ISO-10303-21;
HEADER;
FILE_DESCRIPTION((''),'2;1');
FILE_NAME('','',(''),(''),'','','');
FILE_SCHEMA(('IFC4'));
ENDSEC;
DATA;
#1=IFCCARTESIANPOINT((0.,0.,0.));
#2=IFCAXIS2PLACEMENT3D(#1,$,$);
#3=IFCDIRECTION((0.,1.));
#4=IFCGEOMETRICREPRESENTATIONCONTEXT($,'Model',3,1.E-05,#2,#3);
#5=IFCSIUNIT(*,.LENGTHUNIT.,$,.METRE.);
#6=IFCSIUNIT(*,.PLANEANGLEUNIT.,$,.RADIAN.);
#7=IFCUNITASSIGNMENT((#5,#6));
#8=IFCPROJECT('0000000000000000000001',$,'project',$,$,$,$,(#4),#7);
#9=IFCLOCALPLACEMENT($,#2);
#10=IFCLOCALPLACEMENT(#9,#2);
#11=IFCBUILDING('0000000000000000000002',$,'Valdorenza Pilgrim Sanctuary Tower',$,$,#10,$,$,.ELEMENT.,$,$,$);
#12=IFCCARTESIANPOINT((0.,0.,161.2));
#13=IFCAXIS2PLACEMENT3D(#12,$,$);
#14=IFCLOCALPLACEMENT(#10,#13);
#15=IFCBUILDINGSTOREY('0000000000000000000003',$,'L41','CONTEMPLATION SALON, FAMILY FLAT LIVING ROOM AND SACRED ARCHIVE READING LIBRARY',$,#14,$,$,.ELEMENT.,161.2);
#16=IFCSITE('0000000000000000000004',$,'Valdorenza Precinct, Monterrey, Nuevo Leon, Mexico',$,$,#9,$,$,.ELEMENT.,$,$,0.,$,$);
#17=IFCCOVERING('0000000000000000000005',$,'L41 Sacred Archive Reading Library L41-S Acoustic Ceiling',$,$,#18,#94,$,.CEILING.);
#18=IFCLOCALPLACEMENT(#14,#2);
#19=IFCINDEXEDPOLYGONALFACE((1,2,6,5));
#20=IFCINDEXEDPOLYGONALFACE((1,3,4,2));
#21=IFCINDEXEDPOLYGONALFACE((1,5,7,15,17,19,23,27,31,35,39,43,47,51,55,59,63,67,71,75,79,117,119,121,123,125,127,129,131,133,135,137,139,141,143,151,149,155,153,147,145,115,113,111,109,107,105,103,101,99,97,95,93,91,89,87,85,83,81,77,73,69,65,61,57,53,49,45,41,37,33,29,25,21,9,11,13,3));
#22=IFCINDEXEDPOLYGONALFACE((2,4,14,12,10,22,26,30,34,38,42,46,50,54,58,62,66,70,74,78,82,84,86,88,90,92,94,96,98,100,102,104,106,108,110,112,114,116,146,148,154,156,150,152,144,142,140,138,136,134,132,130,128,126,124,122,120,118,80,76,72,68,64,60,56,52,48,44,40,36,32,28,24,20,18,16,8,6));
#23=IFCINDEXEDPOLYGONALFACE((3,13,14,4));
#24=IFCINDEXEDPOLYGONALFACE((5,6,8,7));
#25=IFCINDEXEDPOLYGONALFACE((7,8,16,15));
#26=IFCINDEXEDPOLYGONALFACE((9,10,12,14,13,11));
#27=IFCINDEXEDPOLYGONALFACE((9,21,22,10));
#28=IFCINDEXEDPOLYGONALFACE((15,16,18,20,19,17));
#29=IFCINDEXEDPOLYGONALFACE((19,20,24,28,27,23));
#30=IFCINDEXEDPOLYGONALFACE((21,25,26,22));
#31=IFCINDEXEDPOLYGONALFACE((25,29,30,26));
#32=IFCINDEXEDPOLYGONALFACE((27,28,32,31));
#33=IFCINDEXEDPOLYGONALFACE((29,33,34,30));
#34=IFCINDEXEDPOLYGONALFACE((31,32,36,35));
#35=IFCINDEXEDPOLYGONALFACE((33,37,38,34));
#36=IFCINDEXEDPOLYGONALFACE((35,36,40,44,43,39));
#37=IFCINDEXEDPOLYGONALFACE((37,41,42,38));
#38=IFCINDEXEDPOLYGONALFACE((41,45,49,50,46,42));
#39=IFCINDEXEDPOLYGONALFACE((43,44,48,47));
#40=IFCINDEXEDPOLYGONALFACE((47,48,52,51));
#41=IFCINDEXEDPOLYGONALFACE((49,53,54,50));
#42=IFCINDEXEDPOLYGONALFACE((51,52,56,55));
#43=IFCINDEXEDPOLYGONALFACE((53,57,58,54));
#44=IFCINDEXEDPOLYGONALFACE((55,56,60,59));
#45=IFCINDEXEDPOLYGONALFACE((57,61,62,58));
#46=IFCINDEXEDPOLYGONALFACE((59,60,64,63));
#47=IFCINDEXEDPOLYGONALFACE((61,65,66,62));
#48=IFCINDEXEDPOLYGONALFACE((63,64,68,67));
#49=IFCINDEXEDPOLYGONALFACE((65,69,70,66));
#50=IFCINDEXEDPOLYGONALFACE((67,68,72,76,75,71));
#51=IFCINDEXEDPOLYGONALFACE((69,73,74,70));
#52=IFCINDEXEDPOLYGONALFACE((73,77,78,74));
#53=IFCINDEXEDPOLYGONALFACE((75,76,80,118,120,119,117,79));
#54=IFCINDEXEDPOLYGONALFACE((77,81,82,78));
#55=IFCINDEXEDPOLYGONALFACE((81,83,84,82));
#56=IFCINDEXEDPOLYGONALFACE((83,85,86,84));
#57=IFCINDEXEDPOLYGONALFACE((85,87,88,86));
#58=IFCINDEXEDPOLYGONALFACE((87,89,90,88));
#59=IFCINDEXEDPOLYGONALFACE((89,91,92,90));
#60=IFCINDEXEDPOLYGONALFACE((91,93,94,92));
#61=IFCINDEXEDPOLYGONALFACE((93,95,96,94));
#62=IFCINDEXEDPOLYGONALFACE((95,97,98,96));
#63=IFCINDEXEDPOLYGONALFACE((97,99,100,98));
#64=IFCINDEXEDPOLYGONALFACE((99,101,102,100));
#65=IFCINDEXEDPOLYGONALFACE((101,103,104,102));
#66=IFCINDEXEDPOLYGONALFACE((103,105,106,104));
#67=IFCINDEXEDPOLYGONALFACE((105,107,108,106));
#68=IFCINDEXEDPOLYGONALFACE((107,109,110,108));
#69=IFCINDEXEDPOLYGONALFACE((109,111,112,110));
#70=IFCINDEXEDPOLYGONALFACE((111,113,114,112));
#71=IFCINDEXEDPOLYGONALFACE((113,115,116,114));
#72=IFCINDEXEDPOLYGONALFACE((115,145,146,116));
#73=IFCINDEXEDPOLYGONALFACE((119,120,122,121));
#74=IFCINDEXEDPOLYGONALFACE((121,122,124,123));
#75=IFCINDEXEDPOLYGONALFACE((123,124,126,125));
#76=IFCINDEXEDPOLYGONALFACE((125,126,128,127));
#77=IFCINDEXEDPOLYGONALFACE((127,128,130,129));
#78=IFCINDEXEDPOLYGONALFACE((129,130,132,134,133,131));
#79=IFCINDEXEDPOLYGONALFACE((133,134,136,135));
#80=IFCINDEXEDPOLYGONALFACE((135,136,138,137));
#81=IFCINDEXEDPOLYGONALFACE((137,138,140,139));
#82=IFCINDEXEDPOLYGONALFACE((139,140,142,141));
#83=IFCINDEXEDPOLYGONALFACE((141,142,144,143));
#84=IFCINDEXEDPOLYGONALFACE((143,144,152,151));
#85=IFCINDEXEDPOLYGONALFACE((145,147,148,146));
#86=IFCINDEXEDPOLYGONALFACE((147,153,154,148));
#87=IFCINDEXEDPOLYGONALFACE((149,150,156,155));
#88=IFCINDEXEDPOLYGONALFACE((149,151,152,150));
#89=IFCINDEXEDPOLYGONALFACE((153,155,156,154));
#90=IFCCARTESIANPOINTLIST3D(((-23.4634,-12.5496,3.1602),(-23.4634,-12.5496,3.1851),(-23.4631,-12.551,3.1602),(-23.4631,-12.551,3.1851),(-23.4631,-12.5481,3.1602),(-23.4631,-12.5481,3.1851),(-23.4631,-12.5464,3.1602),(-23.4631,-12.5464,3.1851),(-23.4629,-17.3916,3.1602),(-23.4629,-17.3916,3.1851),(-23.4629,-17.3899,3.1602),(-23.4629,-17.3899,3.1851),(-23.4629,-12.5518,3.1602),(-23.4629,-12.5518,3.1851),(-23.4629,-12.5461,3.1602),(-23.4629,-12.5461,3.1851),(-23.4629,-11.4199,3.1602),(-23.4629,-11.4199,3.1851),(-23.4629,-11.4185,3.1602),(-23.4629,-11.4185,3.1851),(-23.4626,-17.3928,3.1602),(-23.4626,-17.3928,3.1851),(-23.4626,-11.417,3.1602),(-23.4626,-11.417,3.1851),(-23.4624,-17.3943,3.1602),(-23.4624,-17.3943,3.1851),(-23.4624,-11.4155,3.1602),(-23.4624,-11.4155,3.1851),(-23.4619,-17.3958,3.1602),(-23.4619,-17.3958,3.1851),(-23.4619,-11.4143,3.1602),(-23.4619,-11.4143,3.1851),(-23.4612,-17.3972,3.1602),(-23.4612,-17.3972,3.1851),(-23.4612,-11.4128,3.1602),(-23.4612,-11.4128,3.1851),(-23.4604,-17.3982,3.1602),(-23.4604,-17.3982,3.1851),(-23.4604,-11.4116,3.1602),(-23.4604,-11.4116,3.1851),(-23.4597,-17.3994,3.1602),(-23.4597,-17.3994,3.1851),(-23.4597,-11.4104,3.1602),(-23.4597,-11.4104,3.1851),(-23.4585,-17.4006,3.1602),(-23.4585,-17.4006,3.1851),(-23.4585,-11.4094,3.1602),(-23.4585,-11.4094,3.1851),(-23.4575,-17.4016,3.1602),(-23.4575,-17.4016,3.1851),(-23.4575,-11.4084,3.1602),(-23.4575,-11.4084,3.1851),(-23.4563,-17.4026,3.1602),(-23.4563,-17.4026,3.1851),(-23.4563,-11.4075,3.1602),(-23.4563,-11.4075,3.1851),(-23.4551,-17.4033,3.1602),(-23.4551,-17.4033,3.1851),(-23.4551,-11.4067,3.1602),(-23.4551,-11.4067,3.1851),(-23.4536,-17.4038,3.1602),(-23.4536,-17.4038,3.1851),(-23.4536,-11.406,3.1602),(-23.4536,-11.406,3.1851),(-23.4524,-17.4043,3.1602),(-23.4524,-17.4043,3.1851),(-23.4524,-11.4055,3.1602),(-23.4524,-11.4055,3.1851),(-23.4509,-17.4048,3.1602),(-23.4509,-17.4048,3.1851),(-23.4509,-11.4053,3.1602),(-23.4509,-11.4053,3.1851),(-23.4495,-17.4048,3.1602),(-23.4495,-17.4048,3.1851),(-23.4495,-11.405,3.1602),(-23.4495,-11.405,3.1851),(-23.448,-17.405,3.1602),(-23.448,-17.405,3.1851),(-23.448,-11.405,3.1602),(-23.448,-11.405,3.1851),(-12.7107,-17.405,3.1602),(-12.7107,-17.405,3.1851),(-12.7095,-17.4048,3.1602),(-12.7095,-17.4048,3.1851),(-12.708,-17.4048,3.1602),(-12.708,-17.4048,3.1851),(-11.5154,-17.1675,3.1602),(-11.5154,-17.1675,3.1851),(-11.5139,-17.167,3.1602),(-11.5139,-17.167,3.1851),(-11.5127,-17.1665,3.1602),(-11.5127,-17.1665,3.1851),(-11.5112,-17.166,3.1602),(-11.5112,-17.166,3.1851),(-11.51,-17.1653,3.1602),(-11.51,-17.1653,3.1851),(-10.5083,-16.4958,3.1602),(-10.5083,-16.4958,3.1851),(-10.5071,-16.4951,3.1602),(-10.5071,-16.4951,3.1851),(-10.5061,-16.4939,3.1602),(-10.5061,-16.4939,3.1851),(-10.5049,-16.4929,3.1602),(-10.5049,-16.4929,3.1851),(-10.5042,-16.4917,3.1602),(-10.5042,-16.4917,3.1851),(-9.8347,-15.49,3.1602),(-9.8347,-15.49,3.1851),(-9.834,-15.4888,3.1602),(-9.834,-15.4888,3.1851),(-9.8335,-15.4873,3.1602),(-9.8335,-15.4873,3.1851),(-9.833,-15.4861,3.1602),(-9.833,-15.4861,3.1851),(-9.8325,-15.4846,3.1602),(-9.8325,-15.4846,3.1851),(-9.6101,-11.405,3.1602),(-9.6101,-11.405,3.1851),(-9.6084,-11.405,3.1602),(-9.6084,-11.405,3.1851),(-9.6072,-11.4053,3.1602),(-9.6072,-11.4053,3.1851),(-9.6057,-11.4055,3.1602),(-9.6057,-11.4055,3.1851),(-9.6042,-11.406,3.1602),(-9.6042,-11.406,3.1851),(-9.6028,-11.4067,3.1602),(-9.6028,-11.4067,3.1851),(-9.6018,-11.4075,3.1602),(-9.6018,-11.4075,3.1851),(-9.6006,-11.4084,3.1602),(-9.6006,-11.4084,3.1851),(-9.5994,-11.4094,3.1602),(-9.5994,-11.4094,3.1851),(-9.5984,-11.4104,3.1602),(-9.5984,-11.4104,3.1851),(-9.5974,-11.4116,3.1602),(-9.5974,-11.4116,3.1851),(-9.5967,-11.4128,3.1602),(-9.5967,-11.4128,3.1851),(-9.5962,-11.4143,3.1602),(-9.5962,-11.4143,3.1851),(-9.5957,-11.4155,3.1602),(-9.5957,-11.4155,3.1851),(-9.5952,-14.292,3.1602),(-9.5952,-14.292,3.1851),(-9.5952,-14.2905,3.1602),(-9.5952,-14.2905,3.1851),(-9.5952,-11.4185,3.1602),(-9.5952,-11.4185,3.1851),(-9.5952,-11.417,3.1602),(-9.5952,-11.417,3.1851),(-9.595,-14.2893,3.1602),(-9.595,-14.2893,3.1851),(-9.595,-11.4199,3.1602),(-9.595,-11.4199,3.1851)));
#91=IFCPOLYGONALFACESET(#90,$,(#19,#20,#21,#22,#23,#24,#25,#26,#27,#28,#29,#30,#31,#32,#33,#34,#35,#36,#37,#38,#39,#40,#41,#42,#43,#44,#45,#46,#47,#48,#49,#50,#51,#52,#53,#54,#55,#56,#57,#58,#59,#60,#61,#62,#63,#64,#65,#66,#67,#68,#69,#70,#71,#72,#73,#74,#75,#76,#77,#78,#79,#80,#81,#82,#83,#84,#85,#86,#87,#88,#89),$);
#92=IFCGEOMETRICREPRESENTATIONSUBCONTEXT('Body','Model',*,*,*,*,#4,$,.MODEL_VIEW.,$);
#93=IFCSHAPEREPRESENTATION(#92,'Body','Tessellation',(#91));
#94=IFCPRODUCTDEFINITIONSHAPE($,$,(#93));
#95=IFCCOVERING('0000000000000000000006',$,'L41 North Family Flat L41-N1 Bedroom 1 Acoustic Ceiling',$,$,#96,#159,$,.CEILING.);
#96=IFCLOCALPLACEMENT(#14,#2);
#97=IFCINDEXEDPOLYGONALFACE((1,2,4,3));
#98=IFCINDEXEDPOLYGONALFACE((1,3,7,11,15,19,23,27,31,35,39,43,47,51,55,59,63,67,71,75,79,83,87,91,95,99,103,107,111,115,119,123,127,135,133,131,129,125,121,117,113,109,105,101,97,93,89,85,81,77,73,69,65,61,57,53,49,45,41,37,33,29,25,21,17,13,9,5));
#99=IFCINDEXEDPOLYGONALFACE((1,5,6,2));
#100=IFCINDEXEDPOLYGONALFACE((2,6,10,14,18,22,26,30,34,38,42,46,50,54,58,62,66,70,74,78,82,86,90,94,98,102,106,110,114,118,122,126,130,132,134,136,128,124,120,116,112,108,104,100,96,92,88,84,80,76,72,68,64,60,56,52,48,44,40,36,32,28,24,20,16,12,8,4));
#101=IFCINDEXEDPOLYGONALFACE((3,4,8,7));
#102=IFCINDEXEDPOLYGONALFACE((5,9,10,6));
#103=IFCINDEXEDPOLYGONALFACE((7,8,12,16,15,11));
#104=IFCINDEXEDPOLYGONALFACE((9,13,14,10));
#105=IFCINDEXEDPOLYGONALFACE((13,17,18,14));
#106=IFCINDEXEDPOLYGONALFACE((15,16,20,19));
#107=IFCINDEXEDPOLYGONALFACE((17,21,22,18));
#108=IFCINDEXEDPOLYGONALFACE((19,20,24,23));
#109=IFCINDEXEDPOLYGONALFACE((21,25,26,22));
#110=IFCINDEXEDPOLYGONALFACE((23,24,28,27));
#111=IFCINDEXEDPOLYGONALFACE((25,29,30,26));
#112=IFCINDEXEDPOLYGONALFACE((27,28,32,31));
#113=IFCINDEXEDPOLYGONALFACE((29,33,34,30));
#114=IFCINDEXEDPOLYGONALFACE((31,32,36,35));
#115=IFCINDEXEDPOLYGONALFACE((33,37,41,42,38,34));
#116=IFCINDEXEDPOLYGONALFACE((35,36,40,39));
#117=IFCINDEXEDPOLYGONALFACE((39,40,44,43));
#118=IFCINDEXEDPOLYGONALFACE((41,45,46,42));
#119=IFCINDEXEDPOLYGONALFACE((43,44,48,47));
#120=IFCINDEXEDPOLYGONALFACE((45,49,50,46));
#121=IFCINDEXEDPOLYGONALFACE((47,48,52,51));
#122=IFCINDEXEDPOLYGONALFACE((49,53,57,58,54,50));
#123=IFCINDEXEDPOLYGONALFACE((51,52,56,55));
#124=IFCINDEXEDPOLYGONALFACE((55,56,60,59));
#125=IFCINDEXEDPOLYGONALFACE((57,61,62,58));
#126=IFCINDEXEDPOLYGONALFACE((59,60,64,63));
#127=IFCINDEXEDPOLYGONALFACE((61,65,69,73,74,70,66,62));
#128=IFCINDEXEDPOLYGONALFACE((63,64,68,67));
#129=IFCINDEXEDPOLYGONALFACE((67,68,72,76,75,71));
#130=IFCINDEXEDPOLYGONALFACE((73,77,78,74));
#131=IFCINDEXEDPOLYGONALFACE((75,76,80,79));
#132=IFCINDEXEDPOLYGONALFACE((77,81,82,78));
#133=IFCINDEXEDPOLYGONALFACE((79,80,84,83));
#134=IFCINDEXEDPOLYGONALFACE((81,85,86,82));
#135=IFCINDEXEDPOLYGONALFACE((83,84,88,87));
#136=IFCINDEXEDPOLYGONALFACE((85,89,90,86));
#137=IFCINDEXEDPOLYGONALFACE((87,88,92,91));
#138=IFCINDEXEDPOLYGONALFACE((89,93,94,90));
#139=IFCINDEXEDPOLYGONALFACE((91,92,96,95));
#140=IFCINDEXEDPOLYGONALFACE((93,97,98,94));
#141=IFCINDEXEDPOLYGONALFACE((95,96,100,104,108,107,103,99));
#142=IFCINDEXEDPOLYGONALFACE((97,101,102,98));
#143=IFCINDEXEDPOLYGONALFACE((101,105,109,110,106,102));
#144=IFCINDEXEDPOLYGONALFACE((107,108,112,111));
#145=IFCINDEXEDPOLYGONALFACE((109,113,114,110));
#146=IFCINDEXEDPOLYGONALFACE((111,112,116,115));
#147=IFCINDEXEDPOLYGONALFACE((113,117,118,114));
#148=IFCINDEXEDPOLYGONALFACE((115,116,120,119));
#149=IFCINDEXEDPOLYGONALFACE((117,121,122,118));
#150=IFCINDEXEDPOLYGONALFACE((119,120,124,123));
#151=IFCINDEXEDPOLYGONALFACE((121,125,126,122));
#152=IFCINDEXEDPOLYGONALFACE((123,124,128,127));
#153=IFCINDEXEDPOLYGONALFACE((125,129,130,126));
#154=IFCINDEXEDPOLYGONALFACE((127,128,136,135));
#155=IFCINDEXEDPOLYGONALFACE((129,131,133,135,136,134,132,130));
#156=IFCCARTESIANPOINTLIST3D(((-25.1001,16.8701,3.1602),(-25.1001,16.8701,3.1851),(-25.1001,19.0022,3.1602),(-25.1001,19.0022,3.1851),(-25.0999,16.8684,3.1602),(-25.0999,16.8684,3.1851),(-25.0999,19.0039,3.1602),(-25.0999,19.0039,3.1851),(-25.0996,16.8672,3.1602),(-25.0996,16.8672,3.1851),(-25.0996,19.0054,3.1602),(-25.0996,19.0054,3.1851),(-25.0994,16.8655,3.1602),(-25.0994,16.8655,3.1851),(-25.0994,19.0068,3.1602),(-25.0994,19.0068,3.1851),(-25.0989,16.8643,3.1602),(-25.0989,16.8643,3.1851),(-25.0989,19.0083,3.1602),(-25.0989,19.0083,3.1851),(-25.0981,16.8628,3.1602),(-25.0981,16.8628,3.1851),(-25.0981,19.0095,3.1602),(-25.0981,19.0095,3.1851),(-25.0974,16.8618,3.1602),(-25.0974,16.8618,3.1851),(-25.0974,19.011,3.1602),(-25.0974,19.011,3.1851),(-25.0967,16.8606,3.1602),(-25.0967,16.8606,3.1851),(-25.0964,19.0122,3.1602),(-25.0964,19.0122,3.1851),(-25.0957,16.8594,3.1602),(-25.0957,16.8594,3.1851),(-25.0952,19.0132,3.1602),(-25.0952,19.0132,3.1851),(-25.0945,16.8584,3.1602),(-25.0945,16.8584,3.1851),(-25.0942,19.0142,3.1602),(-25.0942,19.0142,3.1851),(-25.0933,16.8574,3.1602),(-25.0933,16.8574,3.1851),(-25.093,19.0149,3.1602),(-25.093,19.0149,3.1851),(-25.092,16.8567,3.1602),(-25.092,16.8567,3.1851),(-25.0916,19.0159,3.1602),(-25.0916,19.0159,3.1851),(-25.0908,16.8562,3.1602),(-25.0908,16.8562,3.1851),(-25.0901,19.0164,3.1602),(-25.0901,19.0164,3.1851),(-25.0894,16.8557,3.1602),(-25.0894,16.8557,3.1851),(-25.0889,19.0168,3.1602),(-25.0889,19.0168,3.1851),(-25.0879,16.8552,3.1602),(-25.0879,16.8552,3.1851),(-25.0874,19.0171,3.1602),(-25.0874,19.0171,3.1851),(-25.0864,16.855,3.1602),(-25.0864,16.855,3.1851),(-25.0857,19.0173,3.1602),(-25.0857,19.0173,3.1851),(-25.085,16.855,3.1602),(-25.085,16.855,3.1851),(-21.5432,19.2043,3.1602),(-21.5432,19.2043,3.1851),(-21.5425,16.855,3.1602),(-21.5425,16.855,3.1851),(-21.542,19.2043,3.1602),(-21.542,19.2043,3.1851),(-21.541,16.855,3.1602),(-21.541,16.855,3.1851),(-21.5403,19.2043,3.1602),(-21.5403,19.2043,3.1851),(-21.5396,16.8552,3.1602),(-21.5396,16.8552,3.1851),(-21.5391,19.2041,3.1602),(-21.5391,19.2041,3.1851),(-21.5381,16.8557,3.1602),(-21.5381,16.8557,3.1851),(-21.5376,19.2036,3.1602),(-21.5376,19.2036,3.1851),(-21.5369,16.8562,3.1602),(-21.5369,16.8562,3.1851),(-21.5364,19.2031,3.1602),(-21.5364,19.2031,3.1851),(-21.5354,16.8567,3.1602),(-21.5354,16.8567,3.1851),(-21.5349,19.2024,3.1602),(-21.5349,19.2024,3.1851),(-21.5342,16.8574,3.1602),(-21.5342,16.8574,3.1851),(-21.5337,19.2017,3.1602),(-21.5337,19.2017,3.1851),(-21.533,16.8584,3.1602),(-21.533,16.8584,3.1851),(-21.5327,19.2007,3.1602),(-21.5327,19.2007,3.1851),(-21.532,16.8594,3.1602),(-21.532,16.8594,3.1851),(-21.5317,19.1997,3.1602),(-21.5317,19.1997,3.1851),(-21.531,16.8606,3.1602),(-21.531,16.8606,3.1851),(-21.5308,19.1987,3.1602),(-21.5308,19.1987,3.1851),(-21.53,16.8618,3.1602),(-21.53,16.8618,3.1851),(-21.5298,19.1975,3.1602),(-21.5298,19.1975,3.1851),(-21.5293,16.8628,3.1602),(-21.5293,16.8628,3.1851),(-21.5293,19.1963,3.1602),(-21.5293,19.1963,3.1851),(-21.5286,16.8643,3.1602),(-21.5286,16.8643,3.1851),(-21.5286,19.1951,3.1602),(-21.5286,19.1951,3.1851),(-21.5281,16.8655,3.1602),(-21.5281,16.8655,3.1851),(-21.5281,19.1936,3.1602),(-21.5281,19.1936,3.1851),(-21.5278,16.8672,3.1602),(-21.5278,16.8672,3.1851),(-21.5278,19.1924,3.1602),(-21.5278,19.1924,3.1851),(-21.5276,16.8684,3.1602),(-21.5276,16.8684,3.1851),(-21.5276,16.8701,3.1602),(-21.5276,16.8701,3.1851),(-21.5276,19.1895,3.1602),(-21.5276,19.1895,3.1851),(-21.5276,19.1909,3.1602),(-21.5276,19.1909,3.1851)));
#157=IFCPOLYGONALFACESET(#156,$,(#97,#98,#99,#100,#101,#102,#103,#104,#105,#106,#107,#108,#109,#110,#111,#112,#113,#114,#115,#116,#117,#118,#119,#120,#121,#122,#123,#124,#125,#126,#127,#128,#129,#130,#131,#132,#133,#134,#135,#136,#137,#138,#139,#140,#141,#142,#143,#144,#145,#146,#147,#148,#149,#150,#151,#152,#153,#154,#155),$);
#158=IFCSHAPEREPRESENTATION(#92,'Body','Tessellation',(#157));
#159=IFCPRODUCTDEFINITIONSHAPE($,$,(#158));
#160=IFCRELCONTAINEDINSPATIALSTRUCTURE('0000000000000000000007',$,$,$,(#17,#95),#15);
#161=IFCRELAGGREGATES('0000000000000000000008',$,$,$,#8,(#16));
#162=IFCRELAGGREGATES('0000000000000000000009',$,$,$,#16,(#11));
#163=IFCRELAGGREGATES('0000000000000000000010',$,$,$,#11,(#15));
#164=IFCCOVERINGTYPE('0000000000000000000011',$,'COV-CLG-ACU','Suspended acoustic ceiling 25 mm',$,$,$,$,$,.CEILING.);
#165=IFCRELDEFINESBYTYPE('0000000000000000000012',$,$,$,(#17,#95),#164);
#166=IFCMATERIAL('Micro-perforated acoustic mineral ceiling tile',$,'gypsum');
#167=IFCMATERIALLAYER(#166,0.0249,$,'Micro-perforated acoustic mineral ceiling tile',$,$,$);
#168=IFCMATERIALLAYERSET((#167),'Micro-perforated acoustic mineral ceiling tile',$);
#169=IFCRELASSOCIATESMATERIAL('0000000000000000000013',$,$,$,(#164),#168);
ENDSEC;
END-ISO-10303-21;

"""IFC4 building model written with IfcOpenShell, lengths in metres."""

from ifc_helpers import new_model, si_unit, direction, frame, origin, place, context, subcontext, project, spatial, polyline, outline, extrude, material, layer, layer_set, type_object, element, save


model = new_model("IFC4")

# Units and contexts
model_context = context("Model", 3, precision=1e-05, world=origin(), true_north=direction((0.0, 1.0)))
body_context = subcontext(model_context, "Body", "Model", "MODEL_VIEW")
ifc_project = project(units=[si_unit("LENGTHUNIT", "METRE"), si_unit("PLANEANGLEUNIT", "RADIAN")], contexts=[model_context])

# Site, building, storey
site_placement = place(None, origin())
site = spatial("IfcSite", under=ifc_project, at=site_placement, Name="Valdorenza Precinct, Monterrey, Nuevo Leon, Mexico", CompositionType="ELEMENT", RefElevation=0.0)
building_placement = place(site_placement, origin())
building = spatial("IfcBuilding", under=site, at=building_placement, Name="Valdorenza Pilgrim Sanctuary Tower", CompositionType="ELEMENT")
storey_placement = place(building_placement, frame((0.0, 0.0, 161.2)))
storey = spatial("IfcBuildingStorey", under=building, at=storey_placement, Name="L41", Description="CONTEMPLATION SALON, FAMILY FLAT LIVING ROOM AND SACRED ARCHIVE READING LIBRARY", CompositionType="ELEMENT", Elevation=161.2)

# Coverings
ifc_material_1 = material(Name="Micro-perforated acoustic mineral ceiling tile", Category="gypsum")
ifc_layer_1 = layer(ifc_material_1, 0.0249, Name="Micro-perforated acoustic mineral ceiling tile")
ifc_layer_set_1 = layer_set([ifc_layer_1], Name="Micro-perforated acoustic mineral ceiling tile")
covering_type_1 = type_object("IfcCoveringType", Name="COV-CLG-ACU", Description="Suspended acoustic ceiling 25 mm", PredefinedType="CEILING", material=ifc_layer_set_1)
covering_1_placement = place(storey_placement, frame((0.0, 0.0, 3.1602)))
element("IfcCovering", 1, at=covering_1_placement, inside=storey, type_object=covering_type_1, Name="L41 Sacred Archive Reading Library L41-S Acoustic Ceiling", PredefinedType="CEILING", context=body_context, shape_type="SweptSolid", body=[
    extrude(outline(polyline([(-23.4629, -12.5518), (-23.4631, -12.551), (-23.4634, -12.5496), (-23.4631, -12.5481), (-23.4631, -12.5464), (-23.4629, -12.5461), (-23.4629, -11.4199), (-23.4629, -11.4185), (-23.4626, -11.417), (-23.4624, -11.4155), (-23.4619, -11.4143), (-23.4612, -11.4128), (-23.4604, -11.4116), (-23.4597, -11.4104), (-23.4585, -11.4094), (-23.4575, -11.4084), (-23.4563, -11.4075), (-23.4551, -11.4067), (-23.4536, -11.406), (-23.4524, -11.4055), (-23.4509, -11.4053), (-23.4495, -11.405), (-23.448, -11.405), (-9.6101, -11.405), (-9.6084, -11.405), (-9.6072, -11.4053), (-9.6057, -11.4055), (-9.6042, -11.406), (-9.6028, -11.4067), (-9.6018, -11.4075), (-9.6006, -11.4084), (-9.5994, -11.4094), (-9.5984, -11.4104), (-9.5974, -11.4116), (-9.5967, -11.4128), (-9.5962, -11.4143), (-9.5957, -11.4155), (-9.5952, -11.417), (-9.5952, -11.4185), (-9.595, -11.4199), (-9.595, -14.2893), (-9.5952, -14.2905), (-9.5952, -14.292), (-9.8325, -15.4846), (-9.833, -15.4861), (-9.8335, -15.4873), (-9.834, -15.4888), (-9.8347, -15.49), (-10.5042, -16.4917), (-10.5049, -16.4929), (-10.5061, -16.4939), (-10.5071, -16.4951), (-10.5083, -16.4958), (-11.51, -17.1653), (-11.5112, -17.166), (-11.5127, -17.1665), (-11.5139, -17.167), (-11.5154, -17.1675), (-12.708, -17.4048), (-12.7095, -17.4048), (-12.7107, -17.405), (-23.448, -17.405), (-23.4495, -17.4048), (-23.4509, -17.4048), (-23.4524, -17.4043), (-23.4536, -17.4038), (-23.4551, -17.4033), (-23.4563, -17.4026), (-23.4575, -17.4016), (-23.4585, -17.4006), (-23.4597, -17.3994), (-23.4604, -17.3982), (-23.4612, -17.3972), (-23.4619, -17.3958), (-23.4624, -17.3943), (-23.4626, -17.3928), (-23.4629, -17.3916), (-23.4629, -17.3899), (-23.4629, -12.5518)])), origin(), (0.0, 0.0, 1.0), 0.0249),
])
covering_2_placement = place(storey_placement, frame((0.0, 0.0, 3.1602)))
element("IfcCovering", 2, at=covering_2_placement, inside=storey, type_object=covering_type_1, Name="L41 North Family Flat L41-N1 Bedroom 1 Acoustic Ceiling", PredefinedType="CEILING", context=body_context, shape_type="SweptSolid", body=[
    extrude(outline(polyline([(-25.085, 16.855), (-25.0864, 16.855), (-25.0879, 16.8552), (-25.0894, 16.8557), (-25.0908, 16.8562), (-25.092, 16.8567), (-25.0933, 16.8574), (-25.0945, 16.8584), (-25.0957, 16.8594), (-25.0967, 16.8606), (-25.0974, 16.8618), (-25.0981, 16.8628), (-25.0989, 16.8643), (-25.0994, 16.8655), (-25.0996, 16.8672), (-25.0999, 16.8684), (-25.1001, 16.8701), (-25.1001, 19.0022), (-25.0999, 19.0039), (-25.0996, 19.0054), (-25.0994, 19.0068), (-25.0989, 19.0083), (-25.0981, 19.0095), (-25.0974, 19.011), (-25.0964, 19.0122), (-25.0952, 19.0132), (-25.0942, 19.0142), (-25.093, 19.0149), (-25.0916, 19.0159), (-25.0901, 19.0164), (-25.0889, 19.0168), (-25.0874, 19.0171), (-25.0857, 19.0173), (-21.5432, 19.2043), (-21.542, 19.2043), (-21.5403, 19.2043), (-21.5391, 19.2041), (-21.5376, 19.2036), (-21.5364, 19.2031), (-21.5349, 19.2024), (-21.5337, 19.2017), (-21.5327, 19.2007), (-21.5317, 19.1997), (-21.5308, 19.1987), (-21.5298, 19.1975), (-21.5293, 19.1963), (-21.5286, 19.1951), (-21.5281, 19.1936), (-21.5278, 19.1924), (-21.5276, 19.1909), (-21.5276, 19.1895), (-21.5276, 16.8701), (-21.5276, 16.8684), (-21.5278, 16.8672), (-21.5281, 16.8655), (-21.5286, 16.8643), (-21.5293, 16.8628), (-21.53, 16.8618), (-21.531, 16.8606), (-21.532, 16.8594), (-21.533, 16.8584), (-21.5342, 16.8574), (-21.5354, 16.8567), (-21.5369, 16.8562), (-21.5381, 16.8557), (-21.5396, 16.8552), (-21.541, 16.855), (-21.5425, 16.855), (-25.085, 16.855)])), origin(), (0.0, 0.0, 1.0), 0.0249),
])

save(model, "model.ifc")
